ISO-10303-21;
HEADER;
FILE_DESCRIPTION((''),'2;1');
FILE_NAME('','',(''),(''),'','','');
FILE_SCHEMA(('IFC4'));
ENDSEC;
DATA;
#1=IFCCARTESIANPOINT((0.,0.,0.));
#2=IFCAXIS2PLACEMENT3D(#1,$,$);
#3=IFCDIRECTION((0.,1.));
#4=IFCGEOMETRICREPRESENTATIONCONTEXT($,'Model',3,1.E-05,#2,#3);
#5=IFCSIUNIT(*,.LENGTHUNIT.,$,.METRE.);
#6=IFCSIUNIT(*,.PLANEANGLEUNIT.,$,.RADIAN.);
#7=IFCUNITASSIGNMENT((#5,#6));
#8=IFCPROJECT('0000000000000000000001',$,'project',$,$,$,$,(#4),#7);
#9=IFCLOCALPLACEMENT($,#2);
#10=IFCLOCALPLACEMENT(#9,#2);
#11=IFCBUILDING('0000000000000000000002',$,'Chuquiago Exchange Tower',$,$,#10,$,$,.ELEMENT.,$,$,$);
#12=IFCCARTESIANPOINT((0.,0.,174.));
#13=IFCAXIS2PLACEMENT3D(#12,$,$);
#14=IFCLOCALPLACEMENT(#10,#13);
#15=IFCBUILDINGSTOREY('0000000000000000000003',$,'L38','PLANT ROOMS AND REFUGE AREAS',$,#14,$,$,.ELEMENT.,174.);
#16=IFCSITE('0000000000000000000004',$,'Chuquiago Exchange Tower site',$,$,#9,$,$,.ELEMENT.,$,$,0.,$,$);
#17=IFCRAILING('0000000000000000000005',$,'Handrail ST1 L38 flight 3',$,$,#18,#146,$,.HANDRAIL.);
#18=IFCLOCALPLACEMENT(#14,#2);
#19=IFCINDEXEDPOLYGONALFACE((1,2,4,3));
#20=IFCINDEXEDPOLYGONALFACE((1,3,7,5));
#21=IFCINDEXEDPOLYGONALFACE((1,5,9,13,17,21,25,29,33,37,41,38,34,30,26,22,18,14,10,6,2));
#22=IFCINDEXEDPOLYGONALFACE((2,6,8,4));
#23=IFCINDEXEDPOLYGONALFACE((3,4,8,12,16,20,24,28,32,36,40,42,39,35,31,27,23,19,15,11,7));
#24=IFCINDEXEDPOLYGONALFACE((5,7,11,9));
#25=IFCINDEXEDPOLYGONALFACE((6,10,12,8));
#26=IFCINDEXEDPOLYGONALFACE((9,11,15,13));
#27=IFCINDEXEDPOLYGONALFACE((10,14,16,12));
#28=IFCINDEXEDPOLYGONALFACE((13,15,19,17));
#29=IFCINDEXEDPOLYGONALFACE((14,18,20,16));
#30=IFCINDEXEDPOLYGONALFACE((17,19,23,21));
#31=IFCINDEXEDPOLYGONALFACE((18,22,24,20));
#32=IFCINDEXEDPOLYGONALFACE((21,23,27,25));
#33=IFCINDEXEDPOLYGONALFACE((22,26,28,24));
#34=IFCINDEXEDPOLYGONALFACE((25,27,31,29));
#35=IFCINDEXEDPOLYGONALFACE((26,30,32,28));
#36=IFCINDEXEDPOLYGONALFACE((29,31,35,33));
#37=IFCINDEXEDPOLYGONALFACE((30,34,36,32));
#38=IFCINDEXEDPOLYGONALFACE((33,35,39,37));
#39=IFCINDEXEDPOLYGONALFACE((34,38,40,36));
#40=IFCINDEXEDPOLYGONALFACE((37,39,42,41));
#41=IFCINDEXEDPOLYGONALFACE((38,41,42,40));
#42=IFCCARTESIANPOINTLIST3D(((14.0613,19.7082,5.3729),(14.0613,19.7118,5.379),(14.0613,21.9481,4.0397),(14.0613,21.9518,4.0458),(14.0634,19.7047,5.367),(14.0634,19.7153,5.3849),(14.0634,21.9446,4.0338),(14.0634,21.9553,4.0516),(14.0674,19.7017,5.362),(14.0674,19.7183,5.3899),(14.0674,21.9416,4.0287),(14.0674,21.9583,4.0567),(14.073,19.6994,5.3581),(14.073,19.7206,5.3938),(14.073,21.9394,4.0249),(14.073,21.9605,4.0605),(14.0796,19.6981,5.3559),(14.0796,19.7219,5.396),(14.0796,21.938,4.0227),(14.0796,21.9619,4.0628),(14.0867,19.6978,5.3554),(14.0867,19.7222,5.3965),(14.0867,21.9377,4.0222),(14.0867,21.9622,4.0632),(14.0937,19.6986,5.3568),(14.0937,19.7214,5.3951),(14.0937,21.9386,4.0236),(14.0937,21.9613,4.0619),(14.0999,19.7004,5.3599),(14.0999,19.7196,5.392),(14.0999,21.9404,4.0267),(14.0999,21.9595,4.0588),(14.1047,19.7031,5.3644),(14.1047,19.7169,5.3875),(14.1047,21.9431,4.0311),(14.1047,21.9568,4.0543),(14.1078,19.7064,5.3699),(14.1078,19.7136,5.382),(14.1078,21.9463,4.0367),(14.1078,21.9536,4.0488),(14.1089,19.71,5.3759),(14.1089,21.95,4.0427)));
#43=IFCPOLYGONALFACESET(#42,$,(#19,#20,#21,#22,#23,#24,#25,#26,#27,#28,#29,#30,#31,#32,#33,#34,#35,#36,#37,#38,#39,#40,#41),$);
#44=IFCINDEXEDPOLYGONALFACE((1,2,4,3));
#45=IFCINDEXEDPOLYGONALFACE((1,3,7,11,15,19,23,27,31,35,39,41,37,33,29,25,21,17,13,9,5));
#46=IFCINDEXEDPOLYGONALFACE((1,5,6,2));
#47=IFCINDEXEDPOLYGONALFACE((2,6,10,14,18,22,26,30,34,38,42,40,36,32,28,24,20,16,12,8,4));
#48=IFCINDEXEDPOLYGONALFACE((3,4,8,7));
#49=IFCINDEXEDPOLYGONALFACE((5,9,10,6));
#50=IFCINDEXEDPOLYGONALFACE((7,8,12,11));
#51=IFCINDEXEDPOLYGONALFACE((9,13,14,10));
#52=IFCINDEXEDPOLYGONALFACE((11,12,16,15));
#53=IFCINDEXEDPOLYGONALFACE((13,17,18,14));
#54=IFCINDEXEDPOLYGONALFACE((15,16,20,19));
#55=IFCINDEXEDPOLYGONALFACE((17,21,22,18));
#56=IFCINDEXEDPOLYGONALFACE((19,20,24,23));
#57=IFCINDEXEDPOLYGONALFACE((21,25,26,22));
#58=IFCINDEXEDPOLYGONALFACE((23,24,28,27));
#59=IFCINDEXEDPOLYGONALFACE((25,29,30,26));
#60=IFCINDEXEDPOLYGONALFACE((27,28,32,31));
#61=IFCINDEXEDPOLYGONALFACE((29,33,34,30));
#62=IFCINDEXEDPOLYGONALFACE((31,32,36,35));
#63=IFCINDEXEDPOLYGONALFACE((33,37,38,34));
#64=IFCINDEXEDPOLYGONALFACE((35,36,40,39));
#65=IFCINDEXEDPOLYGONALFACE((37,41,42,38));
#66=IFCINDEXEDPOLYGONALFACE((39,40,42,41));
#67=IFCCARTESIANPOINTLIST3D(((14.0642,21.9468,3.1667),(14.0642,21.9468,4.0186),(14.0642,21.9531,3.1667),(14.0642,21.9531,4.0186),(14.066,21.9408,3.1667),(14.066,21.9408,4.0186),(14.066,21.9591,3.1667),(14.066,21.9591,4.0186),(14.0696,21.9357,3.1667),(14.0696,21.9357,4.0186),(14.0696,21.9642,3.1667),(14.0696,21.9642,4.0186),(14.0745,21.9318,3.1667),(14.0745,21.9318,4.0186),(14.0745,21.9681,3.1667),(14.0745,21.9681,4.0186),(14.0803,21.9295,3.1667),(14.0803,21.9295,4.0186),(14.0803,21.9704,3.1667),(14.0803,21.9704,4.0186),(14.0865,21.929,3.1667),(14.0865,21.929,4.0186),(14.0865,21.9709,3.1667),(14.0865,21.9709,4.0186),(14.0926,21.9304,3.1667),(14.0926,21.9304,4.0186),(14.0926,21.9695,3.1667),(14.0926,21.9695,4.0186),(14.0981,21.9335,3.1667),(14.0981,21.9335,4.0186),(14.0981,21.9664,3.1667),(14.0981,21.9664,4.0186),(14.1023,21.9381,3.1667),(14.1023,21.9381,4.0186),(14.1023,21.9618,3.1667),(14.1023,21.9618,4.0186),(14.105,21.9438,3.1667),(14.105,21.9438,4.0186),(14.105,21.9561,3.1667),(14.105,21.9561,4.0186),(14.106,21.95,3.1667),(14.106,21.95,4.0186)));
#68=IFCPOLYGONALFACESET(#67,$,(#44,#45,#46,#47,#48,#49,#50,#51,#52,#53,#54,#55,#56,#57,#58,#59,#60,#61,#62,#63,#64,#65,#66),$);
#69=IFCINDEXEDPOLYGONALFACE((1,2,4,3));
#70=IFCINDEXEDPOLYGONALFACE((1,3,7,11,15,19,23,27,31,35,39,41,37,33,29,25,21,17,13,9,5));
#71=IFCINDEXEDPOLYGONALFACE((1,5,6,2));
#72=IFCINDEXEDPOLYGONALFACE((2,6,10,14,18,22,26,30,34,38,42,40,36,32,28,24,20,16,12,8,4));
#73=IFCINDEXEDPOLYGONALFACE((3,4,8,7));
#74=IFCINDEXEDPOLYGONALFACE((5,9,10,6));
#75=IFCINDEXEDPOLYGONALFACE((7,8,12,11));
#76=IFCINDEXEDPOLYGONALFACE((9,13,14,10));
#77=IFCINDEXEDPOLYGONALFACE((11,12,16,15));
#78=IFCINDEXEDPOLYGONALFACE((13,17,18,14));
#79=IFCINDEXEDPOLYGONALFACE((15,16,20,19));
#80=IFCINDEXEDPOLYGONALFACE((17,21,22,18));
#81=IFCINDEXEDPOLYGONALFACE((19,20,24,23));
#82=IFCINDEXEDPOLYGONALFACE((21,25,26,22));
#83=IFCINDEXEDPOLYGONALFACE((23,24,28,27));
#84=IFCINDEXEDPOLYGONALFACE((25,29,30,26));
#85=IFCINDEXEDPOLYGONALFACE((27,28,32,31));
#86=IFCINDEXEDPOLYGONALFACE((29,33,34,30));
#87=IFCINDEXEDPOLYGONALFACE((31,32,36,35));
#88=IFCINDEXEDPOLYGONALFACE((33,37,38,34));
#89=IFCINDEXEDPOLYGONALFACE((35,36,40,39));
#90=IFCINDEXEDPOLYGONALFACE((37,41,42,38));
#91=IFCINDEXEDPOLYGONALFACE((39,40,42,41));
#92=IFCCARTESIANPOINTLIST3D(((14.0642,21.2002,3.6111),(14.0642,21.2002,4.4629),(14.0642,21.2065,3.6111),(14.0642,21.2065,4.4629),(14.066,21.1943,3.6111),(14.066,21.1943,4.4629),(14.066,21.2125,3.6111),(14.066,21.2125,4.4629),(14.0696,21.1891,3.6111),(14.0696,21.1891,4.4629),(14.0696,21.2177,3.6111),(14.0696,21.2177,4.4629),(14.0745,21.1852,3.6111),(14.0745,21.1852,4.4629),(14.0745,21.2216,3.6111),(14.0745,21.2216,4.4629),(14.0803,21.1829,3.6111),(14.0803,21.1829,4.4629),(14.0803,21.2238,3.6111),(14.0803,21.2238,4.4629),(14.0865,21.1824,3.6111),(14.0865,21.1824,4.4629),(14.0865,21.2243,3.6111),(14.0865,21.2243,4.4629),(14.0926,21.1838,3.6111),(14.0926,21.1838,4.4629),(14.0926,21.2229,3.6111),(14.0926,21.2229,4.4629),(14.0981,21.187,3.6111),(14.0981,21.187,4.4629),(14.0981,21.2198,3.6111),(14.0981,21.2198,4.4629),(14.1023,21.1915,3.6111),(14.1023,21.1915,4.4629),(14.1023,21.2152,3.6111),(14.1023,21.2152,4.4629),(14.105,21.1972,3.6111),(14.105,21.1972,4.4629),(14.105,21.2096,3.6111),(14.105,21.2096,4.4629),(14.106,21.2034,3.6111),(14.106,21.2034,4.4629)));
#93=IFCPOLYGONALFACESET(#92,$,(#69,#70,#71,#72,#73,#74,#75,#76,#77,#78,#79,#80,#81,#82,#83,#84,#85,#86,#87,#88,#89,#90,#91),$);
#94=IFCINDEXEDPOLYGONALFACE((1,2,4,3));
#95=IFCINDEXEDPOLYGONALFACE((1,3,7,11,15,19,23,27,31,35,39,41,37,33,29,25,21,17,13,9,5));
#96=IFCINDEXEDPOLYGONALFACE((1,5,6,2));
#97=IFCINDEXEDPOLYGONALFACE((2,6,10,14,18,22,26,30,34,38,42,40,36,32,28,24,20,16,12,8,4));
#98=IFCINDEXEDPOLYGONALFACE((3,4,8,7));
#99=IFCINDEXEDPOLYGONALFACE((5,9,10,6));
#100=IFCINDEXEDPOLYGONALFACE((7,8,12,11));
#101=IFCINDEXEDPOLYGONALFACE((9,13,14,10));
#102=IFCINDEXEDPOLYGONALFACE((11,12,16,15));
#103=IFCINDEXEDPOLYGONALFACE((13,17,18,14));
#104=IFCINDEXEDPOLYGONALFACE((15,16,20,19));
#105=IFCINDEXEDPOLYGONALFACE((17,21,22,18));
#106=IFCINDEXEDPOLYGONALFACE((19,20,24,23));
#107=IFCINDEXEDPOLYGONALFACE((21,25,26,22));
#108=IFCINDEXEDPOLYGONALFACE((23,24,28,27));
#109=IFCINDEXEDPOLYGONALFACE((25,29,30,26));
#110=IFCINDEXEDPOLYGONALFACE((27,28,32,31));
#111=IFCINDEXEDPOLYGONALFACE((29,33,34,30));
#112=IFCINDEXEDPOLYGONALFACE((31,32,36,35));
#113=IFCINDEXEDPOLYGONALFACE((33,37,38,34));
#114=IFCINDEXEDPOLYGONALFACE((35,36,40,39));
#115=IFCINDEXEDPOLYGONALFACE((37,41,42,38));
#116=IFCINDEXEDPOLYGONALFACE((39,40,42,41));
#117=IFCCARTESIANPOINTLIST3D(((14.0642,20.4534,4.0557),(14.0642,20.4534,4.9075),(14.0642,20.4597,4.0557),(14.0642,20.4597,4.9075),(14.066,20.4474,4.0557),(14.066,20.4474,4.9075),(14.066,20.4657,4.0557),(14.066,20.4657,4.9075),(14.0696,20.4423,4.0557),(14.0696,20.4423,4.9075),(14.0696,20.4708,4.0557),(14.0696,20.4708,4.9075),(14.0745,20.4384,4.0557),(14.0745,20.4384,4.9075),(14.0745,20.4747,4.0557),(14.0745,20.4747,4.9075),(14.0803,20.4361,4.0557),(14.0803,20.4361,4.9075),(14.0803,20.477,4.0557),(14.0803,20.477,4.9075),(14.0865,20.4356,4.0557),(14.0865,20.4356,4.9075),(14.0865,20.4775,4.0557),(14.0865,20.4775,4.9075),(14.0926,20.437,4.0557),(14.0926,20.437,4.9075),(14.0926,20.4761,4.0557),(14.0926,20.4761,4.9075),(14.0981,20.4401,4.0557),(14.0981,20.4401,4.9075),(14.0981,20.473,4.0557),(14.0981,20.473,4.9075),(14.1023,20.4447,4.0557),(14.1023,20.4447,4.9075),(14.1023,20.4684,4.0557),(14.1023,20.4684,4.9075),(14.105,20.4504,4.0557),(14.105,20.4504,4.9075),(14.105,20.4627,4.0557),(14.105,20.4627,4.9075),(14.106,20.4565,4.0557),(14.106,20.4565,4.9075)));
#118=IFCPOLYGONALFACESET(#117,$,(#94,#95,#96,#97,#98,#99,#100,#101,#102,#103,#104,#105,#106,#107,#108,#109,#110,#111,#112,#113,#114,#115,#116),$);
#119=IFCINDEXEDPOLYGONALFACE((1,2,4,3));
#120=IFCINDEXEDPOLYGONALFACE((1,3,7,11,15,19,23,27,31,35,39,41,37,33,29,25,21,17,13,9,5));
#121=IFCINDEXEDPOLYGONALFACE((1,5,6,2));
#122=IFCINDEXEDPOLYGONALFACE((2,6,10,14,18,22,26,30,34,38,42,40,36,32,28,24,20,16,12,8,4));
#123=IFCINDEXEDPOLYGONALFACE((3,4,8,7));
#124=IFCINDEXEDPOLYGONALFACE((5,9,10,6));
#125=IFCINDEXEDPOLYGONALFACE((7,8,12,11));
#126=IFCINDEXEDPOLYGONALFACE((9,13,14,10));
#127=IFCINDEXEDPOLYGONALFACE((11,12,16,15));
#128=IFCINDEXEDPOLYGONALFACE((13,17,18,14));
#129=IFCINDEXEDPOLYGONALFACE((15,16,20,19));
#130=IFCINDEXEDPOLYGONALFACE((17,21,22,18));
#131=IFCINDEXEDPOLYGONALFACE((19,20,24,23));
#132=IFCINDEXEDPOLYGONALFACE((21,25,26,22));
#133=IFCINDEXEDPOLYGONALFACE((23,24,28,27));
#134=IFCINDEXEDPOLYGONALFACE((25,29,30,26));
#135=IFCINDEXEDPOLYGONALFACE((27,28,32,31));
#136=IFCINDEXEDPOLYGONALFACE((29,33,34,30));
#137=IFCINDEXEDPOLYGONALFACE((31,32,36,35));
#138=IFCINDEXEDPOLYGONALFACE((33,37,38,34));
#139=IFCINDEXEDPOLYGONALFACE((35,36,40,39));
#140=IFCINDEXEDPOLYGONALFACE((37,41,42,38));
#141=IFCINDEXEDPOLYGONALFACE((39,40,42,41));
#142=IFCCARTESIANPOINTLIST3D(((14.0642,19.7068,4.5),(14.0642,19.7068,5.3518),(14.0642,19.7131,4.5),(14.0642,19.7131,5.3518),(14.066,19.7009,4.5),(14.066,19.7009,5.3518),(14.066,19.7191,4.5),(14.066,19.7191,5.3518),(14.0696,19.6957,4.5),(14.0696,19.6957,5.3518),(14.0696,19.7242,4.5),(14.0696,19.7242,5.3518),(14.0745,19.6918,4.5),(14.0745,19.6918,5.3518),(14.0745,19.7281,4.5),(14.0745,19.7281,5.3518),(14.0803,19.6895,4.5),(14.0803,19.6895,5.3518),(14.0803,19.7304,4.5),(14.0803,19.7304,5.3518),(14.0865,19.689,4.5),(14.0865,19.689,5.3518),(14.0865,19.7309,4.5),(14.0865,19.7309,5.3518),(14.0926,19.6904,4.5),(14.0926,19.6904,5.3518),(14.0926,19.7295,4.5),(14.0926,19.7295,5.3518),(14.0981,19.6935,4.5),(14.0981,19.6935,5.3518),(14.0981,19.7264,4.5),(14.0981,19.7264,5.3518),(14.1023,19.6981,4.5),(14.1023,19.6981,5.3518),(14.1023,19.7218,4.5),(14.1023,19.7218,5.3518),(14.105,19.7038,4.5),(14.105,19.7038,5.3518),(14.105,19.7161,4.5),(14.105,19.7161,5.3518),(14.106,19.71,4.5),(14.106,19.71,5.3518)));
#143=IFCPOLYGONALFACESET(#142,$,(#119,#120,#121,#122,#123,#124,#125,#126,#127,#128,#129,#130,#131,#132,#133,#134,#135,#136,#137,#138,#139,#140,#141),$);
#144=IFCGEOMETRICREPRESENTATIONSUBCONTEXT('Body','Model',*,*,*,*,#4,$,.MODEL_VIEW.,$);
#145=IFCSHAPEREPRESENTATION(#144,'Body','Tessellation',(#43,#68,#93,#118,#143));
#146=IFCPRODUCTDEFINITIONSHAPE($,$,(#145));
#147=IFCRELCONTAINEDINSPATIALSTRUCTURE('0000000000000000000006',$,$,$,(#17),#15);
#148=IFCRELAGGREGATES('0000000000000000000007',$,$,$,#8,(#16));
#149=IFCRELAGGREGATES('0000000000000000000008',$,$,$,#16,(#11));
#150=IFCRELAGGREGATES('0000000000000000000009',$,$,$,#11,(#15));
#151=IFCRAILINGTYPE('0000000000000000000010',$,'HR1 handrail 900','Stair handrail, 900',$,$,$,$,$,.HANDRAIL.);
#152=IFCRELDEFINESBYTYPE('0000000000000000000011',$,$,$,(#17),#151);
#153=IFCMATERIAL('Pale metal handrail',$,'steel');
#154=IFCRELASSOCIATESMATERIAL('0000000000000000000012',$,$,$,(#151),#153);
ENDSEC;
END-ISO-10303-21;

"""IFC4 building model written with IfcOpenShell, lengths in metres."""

from ifc_helpers import new_model, si_unit, direction, frame, origin, origin_2d, place, context, subcontext, project, spatial, circle, extrude, material, type_object, element, save


model = new_model("IFC4")

# Units and contexts
model_context = context("Model", 3, precision=1e-05, world=origin(), true_north=direction((0.0, 1.0)))
body_context = subcontext(model_context, "Body", "Model", "MODEL_VIEW")
ifc_project = project(units=[si_unit("LENGTHUNIT", "METRE"), si_unit("PLANEANGLEUNIT", "RADIAN")], contexts=[model_context])

# Site, building, storey
site_placement = place(None, origin())
site = spatial("IfcSite", under=ifc_project, at=site_placement, Name="Chuquiago Exchange Tower site", CompositionType="ELEMENT", RefElevation=0.0)
building_placement = place(site_placement, origin())
building = spatial("IfcBuilding", under=site, at=building_placement, Name="Chuquiago Exchange Tower", CompositionType="ELEMENT")
storey_placement = place(building_placement, frame((0.0, 0.0, 174.0)))
storey = spatial("IfcBuildingStorey", under=building, at=storey_placement, Name="L38", Description="PLANT ROOMS AND REFUGE AREAS", CompositionType="ELEMENT", Elevation=174.0)

# Railing
ifc_material_1 = material(Name="Pale metal handrail", Category="steel")
railing_type = type_object("IfcRailingType", Name="HR1 handrail 900", Description="Stair handrail, 900", PredefinedType="HANDRAIL", material=ifc_material_1)
for number, where, name in (
    (1, (14.085, 21.95, 3.1667), "Handrail ST1 L38 flight 3"),
):
    element("IfcRailing", number, at=place(storey_placement, frame(where)), inside=storey, type_object=railing_type, Name=name, PredefinedType="HANDRAIL", context=body_context, shape_type="SweptSolid", body=[
        extrude(circle(Radius=0.0239, at=origin_2d()), frame((0.0, 0.0, 0.876), z_axis=(0.0, -0.859306, 0.511462), x_axis=(1.0, 0.0, 0.0)), (0.0, 0.0, 1.0), 2.6067),
        extrude(circle(Radius=0.021, at=origin_2d()), origin(), (0.0, 0.0, 1.0), 0.8518),
        extrude(circle(Radius=0.021, at=origin_2d()), frame((0.0, -0.7466, 0.4443)), (0.0, 0.0, 1.0), 0.8518),
        extrude(circle(Radius=0.021, at=origin_2d()), frame((0.0, -1.4934, 0.8889)), (0.0, 0.0, 1.0), 0.8518),
        extrude(circle(Radius=0.021, at=origin_2d()), frame((0.0, -2.24, 1.3333)), (0.0, 0.0, 1.0), 0.8518),
    ])

save(model, "model.ifc")
